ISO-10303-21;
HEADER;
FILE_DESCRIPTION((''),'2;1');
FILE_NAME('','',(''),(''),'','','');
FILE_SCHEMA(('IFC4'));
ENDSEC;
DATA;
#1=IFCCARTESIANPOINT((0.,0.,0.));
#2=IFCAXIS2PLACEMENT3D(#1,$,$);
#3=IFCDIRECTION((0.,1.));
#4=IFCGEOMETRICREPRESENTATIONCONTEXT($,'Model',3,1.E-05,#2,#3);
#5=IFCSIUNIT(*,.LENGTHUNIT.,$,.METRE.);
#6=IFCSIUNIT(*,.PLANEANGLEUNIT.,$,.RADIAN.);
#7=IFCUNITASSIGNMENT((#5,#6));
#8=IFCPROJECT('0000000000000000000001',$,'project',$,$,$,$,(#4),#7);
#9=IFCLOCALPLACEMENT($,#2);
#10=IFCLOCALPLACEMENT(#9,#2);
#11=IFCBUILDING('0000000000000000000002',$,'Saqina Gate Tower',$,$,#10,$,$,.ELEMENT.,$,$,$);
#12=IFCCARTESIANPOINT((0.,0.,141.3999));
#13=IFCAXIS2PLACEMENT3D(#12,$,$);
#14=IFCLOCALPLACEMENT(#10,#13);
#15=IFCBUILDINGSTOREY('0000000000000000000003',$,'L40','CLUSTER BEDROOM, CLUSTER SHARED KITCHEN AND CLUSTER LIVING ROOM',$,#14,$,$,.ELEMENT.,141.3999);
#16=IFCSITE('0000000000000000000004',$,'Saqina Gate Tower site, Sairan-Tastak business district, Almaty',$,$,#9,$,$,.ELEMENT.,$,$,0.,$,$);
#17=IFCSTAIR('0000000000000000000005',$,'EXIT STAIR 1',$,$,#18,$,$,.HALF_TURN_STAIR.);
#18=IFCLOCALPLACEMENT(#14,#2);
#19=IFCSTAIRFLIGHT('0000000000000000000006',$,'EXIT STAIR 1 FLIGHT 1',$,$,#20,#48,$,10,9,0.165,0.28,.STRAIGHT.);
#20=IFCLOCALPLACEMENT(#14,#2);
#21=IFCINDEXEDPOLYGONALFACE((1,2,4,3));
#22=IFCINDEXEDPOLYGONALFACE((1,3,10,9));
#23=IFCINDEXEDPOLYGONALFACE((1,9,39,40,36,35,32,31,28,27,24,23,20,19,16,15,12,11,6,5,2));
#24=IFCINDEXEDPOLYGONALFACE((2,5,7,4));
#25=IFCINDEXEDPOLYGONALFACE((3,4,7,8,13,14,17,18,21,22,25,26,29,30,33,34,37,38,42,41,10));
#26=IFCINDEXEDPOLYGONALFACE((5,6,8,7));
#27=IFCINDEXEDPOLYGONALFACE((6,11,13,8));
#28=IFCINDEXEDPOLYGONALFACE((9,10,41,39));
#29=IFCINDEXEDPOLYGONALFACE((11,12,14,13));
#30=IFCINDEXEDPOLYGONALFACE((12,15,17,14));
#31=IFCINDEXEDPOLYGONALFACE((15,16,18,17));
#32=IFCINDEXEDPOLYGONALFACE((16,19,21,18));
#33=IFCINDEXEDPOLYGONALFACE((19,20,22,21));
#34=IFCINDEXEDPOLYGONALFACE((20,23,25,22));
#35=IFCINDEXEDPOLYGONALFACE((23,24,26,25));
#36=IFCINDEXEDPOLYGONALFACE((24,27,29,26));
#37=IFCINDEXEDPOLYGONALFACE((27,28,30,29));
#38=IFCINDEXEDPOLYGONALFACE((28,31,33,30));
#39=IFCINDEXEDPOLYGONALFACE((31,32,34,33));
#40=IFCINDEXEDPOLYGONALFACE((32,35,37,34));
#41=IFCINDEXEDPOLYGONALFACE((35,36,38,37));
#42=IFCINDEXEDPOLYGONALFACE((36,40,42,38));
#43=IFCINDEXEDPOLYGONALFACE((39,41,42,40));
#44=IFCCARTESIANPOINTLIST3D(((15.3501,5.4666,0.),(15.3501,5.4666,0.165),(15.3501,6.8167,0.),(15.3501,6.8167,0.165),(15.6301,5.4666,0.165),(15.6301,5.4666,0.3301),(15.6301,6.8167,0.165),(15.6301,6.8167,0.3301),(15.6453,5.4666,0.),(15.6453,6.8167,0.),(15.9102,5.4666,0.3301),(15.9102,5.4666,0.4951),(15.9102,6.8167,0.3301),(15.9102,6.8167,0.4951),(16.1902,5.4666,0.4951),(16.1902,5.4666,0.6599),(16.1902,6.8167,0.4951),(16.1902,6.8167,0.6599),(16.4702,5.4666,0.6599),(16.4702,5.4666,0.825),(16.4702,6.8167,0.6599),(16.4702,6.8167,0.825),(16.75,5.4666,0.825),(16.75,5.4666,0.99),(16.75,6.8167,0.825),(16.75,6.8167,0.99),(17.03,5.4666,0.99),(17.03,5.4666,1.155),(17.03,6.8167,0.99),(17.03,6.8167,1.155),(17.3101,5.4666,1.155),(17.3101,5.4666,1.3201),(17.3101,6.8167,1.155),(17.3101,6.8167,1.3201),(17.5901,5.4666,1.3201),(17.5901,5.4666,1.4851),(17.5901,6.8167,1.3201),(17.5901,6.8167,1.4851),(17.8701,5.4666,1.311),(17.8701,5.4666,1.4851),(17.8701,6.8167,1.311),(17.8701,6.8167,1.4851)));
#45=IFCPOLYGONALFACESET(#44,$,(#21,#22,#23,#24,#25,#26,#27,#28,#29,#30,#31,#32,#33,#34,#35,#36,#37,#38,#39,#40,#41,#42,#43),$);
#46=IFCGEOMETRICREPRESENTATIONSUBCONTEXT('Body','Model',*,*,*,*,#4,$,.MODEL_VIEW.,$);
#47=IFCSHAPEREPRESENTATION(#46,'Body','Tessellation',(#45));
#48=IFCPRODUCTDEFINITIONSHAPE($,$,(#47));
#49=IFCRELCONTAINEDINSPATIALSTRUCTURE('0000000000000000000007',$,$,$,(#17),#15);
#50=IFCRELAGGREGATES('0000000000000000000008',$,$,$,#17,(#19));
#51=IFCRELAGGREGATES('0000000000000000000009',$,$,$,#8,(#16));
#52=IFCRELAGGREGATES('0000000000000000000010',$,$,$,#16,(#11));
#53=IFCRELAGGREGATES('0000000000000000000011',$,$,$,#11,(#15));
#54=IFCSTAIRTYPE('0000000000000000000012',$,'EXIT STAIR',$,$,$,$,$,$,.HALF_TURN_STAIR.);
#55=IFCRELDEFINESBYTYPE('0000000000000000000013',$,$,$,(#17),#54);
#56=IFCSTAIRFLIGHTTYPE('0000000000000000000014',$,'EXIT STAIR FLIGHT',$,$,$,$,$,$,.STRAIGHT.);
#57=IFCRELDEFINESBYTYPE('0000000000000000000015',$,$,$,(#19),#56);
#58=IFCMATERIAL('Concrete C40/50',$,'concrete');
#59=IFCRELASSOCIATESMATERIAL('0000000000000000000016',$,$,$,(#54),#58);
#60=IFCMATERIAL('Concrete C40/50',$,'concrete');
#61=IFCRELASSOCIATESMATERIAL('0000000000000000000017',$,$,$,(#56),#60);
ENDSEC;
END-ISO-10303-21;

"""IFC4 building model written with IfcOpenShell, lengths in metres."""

from ifc_helpers import new_model, si_unit, direction, frame, origin, place, context, subcontext, project, spatial, polyline, outline, extrude, material, type_object, element, aggregate, save


model = new_model("IFC4")

# Units and contexts
model_context = context("Model", 3, precision=1e-05, world=origin(), true_north=direction((0.0, 1.0)))
body_context = subcontext(model_context, "Body", "Model", "MODEL_VIEW")
ifc_project = project(units=[si_unit("LENGTHUNIT", "METRE"), si_unit("PLANEANGLEUNIT", "RADIAN")], contexts=[model_context])

# Site, building, storey
site_placement = place(None, origin())
site = spatial("IfcSite", under=ifc_project, at=site_placement, Name="Saqina Gate Tower site, Sairan-Tastak business district, Almaty", CompositionType="ELEMENT", RefElevation=0.0)
building_placement = place(site_placement, origin())
building = spatial("IfcBuilding", under=site, at=building_placement, Name="Saqina Gate Tower", CompositionType="ELEMENT")
storey_placement = place(building_placement, frame((0.0, 0.0, 141.3999)))
storey = spatial("IfcBuildingStorey", under=building, at=storey_placement, Name="L40", Description="CLUSTER BEDROOM, CLUSTER SHARED KITCHEN AND CLUSTER LIVING ROOM", CompositionType="ELEMENT", Elevation=141.3999)

# Stair, stair flight
ifc_material_1 = material(Name="Concrete C40/50", Category="concrete")
stair_type = type_object("IfcStairType", Name="EXIT STAIR", PredefinedType="HALF_TURN_STAIR", material=ifc_material_1)
stair_placement = place(storey_placement, origin())
stair = element("IfcStair", 1, at=stair_placement, inside=storey, type_object=stair_type, Name="EXIT STAIR 1", PredefinedType="HALF_TURN_STAIR")
ifc_material_2 = material(Name="Concrete C40/50", Category="concrete")
stair_flight_type = type_object("IfcStairFlightType", Name="EXIT STAIR FLIGHT", PredefinedType="STRAIGHT", material=ifc_material_2)
stair_flight_placement = place(storey_placement, frame((15.3501, 6.1416, 0.0), z_axis=(0.0, 0.0, 1.0), x_axis=(1.0, 0.0, 0.0)))
stair_flight = element("IfcStairFlight", 2, at=stair_flight_placement, type_object=stair_flight_type, Name="EXIT STAIR 1 FLIGHT 1", NumberOfRisers=10, NumberOfTreads=9, PredefinedType="STRAIGHT", RiserHeight=0.165, TreadLength=0.28, context=body_context, shape_type="SweptSolid", body=[
    extrude(outline(polyline([(0.0, 0.0), (0.0, 0.165), (0.28, 0.165), (0.28, 0.3301), (0.5601, 0.3301), (0.5601, 0.4951), (0.8401, 0.4951), (0.8401, 0.6599), (1.1201, 0.6599), (1.1201, 0.825), (1.3999, 0.825), (1.3999, 0.99), (1.6799, 0.99), (1.6799, 1.155), (1.96, 1.155), (1.96, 1.3201), (2.24, 1.3201), (2.24, 1.4851), (2.52, 1.4851), (2.52, 1.6499), (2.52, 1.311), (0.2952, 0.0), (0.0, 0.0)])), frame((0.0, 0.675, 0.0), z_axis=(0.0, -1.0, 0.0), x_axis=(1.0, 0.0, 0.0)), (0.0, 0.0, 1.0), 1.3501),
])
aggregate(stair, [stair_flight])

save(model, "model.ifc")
